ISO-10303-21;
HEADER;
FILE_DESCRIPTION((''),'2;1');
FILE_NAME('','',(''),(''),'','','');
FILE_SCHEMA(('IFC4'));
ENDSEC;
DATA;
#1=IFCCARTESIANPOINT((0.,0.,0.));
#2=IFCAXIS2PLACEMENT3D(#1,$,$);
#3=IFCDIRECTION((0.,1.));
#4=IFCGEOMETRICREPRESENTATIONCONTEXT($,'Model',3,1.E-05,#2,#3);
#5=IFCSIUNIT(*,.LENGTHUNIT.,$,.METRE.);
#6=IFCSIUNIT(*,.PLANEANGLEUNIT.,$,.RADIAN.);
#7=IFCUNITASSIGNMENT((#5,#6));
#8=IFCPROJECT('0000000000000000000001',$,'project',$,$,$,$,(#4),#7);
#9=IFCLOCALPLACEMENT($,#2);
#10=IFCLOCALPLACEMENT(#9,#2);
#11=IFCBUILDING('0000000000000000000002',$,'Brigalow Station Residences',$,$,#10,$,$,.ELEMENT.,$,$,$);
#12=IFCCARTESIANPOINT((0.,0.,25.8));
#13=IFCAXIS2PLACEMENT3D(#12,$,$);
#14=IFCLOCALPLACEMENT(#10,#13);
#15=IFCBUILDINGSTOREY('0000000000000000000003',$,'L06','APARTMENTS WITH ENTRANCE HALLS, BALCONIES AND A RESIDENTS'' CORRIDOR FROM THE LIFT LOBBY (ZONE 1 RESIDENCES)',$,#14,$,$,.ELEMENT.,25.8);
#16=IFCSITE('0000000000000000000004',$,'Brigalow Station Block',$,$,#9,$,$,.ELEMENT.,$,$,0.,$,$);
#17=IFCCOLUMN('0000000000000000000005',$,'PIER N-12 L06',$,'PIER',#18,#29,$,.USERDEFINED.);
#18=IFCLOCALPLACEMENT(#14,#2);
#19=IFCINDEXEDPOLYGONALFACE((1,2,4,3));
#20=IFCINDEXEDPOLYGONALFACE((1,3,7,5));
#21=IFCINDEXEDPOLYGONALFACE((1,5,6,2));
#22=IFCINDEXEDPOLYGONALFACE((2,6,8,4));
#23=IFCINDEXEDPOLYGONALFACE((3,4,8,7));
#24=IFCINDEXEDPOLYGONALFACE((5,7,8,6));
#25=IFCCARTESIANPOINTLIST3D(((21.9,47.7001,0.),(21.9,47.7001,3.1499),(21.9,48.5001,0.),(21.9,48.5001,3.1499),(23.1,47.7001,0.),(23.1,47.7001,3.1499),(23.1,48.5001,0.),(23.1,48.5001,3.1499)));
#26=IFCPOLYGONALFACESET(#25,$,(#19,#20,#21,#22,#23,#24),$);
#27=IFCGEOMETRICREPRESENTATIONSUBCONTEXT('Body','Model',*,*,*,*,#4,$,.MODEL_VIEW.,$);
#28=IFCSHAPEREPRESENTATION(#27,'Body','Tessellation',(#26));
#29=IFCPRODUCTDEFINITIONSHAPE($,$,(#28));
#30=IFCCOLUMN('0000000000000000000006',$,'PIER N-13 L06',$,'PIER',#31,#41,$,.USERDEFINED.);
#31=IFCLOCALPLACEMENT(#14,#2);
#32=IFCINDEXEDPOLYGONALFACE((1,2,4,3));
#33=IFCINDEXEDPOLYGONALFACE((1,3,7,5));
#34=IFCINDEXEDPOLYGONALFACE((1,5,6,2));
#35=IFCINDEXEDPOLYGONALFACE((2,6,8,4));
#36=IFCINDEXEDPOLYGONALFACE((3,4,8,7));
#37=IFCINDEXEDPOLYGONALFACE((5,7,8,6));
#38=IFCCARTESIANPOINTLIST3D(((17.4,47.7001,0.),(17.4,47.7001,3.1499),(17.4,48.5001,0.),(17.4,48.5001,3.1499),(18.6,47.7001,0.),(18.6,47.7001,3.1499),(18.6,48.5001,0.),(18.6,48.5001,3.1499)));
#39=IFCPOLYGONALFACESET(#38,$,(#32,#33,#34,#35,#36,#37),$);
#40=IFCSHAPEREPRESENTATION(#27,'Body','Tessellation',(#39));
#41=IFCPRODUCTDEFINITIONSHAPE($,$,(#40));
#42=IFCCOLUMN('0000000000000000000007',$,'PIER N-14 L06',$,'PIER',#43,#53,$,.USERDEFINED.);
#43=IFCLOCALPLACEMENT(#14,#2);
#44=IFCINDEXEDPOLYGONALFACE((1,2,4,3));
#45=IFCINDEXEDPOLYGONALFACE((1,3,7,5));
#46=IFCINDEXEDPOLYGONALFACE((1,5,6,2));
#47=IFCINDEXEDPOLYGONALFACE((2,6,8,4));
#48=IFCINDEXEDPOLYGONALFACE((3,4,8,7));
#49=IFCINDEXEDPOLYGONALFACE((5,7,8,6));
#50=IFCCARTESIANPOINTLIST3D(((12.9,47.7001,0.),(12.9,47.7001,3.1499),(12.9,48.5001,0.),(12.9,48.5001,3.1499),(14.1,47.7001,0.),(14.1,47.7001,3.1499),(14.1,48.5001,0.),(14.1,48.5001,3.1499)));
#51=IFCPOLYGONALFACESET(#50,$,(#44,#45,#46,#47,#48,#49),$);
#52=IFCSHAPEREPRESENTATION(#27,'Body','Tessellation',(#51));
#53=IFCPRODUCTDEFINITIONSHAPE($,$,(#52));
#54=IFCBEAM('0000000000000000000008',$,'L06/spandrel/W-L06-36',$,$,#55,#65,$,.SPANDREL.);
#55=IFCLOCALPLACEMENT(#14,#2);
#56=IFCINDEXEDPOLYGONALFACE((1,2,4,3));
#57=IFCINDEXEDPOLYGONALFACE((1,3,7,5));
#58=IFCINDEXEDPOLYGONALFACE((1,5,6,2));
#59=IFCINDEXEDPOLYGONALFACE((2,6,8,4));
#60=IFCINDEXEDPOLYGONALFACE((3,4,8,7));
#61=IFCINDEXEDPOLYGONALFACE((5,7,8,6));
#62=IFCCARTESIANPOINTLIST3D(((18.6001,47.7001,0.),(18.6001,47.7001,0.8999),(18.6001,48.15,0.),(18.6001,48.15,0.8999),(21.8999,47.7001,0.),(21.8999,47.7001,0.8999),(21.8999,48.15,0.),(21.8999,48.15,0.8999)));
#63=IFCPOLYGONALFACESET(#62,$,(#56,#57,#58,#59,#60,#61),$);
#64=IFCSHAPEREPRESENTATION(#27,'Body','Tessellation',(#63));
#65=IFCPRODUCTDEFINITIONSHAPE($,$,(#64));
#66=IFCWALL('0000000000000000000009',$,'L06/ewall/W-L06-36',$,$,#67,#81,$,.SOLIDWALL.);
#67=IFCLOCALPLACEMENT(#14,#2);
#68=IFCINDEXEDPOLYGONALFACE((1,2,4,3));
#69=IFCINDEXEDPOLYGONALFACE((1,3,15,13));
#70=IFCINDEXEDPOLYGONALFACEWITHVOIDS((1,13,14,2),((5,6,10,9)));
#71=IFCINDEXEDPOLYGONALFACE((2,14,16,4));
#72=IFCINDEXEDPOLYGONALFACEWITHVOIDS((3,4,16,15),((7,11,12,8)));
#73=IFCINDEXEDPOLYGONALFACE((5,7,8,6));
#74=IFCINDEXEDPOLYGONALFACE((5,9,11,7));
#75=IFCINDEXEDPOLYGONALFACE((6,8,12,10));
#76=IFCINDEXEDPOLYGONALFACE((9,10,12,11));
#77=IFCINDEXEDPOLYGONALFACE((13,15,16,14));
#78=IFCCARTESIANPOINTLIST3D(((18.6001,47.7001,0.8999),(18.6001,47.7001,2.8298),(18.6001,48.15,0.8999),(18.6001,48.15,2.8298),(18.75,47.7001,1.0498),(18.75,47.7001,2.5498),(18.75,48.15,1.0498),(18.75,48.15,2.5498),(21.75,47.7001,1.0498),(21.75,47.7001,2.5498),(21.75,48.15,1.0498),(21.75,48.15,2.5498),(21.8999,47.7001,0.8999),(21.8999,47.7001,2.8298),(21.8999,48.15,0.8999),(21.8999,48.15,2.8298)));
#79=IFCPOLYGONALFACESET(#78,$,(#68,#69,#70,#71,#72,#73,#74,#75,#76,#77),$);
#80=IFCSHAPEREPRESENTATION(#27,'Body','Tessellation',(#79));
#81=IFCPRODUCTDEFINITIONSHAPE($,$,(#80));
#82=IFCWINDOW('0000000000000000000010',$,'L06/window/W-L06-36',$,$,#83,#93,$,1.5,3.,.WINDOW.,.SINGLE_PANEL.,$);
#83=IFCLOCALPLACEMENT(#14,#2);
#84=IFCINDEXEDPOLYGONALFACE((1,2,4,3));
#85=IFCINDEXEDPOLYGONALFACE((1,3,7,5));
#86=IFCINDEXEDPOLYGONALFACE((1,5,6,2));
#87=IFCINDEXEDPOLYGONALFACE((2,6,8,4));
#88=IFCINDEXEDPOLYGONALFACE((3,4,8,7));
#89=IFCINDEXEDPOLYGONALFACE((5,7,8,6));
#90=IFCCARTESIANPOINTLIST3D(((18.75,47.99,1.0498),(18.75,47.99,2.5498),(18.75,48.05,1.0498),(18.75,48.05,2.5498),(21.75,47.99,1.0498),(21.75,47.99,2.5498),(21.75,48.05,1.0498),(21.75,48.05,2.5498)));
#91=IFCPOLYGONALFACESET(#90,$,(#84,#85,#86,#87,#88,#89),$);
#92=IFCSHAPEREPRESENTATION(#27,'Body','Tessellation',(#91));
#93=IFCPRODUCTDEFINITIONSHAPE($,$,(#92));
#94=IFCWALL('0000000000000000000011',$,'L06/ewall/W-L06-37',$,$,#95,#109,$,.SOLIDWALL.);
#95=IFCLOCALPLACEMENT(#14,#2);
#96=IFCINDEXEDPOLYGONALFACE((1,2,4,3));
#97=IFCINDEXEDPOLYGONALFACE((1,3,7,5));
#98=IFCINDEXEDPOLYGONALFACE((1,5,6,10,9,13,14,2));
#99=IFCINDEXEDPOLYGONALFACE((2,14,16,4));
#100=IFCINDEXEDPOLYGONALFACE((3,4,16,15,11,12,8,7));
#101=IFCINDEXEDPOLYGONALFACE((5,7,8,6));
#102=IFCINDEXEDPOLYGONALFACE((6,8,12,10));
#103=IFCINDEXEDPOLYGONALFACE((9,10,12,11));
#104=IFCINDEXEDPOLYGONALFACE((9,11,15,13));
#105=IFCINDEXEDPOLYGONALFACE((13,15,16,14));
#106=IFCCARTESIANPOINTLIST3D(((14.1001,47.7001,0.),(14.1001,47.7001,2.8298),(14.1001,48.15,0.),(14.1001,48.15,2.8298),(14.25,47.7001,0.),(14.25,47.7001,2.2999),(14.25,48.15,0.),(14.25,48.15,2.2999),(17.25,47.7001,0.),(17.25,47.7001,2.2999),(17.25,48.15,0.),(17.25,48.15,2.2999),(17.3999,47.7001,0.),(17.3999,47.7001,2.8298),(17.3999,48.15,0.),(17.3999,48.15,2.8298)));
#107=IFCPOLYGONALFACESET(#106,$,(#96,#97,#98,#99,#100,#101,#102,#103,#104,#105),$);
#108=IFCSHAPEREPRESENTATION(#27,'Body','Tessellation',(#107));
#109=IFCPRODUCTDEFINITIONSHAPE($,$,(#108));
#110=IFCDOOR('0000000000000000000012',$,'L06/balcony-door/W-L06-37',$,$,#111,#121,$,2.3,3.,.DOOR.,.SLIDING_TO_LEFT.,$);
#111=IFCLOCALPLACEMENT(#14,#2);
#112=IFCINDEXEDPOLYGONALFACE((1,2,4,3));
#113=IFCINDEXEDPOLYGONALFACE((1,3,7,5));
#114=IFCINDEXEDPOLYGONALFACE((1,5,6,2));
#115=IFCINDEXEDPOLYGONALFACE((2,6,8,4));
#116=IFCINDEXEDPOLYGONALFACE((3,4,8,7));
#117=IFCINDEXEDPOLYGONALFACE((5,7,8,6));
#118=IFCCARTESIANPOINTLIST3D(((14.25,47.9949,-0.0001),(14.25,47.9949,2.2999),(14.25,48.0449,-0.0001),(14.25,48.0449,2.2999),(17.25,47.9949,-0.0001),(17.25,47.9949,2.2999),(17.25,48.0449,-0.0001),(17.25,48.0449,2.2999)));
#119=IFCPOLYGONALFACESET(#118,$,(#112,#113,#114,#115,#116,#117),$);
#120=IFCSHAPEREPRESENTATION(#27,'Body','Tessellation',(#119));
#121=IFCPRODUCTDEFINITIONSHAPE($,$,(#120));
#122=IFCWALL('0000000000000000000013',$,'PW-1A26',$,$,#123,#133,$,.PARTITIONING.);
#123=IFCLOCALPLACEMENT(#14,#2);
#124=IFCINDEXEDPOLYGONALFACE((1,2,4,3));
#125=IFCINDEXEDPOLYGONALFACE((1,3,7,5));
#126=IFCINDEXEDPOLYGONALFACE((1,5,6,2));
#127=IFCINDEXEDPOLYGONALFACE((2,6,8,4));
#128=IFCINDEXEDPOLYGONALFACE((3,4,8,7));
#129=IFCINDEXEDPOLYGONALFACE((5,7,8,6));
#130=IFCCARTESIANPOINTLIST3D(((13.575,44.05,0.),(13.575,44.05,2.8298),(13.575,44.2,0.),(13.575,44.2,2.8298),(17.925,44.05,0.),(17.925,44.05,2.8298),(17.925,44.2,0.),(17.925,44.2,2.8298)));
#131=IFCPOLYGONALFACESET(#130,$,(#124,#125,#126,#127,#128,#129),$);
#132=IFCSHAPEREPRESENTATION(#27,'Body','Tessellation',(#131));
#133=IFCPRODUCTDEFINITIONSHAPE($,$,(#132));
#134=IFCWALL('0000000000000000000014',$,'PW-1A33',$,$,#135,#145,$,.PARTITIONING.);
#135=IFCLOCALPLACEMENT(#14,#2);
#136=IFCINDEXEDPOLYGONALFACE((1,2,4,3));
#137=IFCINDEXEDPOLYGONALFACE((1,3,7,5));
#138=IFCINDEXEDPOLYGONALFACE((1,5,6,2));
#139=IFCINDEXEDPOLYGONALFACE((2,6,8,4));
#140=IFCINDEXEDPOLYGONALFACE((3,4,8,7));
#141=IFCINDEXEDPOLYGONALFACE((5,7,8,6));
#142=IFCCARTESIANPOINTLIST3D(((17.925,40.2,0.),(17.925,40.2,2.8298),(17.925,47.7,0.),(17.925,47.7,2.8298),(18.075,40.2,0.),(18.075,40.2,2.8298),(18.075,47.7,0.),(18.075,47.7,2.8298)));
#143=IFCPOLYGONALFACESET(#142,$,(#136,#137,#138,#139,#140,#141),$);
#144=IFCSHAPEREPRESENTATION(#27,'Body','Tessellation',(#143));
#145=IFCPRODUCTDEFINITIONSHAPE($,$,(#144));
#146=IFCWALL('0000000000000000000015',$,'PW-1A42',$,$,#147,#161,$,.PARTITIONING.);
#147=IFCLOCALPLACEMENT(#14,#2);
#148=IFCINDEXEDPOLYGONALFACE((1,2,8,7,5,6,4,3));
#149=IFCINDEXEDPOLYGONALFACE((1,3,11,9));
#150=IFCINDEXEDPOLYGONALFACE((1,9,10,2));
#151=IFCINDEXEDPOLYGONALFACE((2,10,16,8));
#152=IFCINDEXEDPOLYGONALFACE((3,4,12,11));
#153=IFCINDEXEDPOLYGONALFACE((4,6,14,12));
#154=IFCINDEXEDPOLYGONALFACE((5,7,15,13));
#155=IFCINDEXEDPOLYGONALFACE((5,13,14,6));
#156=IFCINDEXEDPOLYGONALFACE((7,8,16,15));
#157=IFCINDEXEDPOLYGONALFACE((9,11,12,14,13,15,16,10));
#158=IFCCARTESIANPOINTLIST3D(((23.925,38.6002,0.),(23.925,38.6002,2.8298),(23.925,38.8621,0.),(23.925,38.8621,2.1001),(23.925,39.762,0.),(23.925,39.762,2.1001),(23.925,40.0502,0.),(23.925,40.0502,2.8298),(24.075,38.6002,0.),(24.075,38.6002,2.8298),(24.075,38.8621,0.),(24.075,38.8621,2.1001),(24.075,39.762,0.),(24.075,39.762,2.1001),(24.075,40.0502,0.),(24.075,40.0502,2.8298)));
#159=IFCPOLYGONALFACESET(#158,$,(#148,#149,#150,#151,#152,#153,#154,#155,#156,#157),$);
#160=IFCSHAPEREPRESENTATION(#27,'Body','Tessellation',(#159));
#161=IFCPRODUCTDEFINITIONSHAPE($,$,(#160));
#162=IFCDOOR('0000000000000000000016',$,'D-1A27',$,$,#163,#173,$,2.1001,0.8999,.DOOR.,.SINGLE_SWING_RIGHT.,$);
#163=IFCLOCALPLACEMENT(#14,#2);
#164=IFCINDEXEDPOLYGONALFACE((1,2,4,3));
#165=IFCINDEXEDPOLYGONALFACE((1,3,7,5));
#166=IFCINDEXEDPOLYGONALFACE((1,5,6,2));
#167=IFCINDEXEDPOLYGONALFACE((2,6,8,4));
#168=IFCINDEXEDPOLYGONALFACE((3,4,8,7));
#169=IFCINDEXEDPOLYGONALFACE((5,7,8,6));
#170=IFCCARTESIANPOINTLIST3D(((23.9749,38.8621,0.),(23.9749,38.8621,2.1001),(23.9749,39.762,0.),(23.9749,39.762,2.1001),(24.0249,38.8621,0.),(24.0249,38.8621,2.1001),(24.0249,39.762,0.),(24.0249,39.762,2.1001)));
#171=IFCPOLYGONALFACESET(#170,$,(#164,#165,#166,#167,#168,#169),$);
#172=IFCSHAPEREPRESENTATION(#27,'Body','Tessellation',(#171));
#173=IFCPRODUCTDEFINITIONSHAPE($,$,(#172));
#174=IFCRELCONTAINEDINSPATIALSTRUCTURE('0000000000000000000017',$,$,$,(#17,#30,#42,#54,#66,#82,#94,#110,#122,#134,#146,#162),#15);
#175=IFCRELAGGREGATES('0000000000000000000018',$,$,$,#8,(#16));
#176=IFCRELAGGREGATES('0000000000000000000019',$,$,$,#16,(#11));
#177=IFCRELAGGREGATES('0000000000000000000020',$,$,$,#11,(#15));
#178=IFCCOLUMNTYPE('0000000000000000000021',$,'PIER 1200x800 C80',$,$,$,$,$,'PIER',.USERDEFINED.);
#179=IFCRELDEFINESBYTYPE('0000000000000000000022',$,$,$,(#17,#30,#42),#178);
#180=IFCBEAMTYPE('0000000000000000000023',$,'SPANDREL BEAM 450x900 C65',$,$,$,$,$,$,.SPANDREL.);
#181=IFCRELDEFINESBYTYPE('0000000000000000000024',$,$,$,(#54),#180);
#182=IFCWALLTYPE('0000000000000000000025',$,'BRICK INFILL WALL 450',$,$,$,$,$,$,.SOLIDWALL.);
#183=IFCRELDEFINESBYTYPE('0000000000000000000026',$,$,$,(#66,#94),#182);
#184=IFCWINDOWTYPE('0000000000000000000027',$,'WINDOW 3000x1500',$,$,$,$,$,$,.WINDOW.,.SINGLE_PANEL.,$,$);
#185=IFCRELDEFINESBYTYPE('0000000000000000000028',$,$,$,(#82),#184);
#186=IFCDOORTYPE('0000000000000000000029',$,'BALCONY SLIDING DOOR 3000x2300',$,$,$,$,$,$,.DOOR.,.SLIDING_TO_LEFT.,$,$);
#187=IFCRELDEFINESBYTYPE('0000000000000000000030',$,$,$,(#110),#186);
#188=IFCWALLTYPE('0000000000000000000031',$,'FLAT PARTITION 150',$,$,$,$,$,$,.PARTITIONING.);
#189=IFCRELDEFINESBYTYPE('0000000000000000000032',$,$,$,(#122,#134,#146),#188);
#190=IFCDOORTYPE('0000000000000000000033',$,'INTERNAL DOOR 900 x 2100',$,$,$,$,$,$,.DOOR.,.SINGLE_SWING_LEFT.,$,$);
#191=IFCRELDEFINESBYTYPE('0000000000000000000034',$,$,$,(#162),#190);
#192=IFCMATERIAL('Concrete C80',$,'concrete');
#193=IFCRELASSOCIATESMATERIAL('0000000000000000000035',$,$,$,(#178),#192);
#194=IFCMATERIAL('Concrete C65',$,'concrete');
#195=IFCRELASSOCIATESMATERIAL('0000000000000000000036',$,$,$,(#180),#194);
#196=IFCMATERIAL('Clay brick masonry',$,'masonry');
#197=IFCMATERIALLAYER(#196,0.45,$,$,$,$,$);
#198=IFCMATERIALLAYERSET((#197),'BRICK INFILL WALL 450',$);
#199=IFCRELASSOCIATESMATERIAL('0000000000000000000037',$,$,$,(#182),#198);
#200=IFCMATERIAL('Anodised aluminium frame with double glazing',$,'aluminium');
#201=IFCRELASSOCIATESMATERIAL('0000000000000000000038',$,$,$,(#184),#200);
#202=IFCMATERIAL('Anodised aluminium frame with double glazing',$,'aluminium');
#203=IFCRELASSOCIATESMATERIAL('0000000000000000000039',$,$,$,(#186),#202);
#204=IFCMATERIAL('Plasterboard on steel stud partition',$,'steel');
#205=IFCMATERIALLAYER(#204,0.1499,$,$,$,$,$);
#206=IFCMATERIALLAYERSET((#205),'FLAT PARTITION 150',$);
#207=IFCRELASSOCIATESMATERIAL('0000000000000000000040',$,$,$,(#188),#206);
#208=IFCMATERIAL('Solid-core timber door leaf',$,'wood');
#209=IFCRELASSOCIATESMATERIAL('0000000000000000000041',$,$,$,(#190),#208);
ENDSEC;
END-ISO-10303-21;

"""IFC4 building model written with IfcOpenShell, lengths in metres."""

from ifc_helpers import new_model, si_unit, direction, frame, frame_2d, origin, origin_2d, place, context, subcontext, project, spatial, rectangle, extrude, material, layer, layer_set, material_profile, profile_set, type_object, element, fill, save


model = new_model("IFC4")

# Units and contexts
model_context = context("Model", 3, precision=1e-05, world=origin(), true_north=direction((0.0, 1.0)))
body_context = subcontext(model_context, "Body", "Model", "MODEL_VIEW")
ifc_project = project(units=[si_unit("LENGTHUNIT", "METRE"), si_unit("PLANEANGLEUNIT", "RADIAN")], contexts=[model_context])

# Site, building, storey
site_placement = place(None, origin())
site = spatial("IfcSite", under=ifc_project, at=site_placement, Name="Brigalow Station Block", CompositionType="ELEMENT", RefElevation=0.0)
building_placement = place(site_placement, origin())
building = spatial("IfcBuilding", under=site, at=building_placement, Name="Brigalow Station Residences", CompositionType="ELEMENT")
storey_placement = place(building_placement, frame((0.0, 0.0, 25.8)))
storey = spatial("IfcBuildingStorey", under=building, at=storey_placement, Name="L06", Description="APARTMENTS WITH ENTRANCE HALLS, BALCONIES AND A RESIDENTS' CORRIDOR FROM THE LIFT LOBBY (ZONE 1 RESIDENCES)", CompositionType="ELEMENT", Elevation=25.8)

# Columns
ifc_material_1 = material(Name="Concrete C80", Category="concrete")
ifc_material_profile_1 = material_profile(ifc_material_1, rectangle(XDim=1.2, YDim=0.8, at=origin_2d()), Name="RC1200x800")
ifc_profile_set_1 = profile_set([ifc_material_profile_1], Name="Concrete C80")
column_type = type_object("IfcColumnType", Name="PIER 1200x800 C80", ElementType="PIER", PredefinedType="USERDEFINED", material=ifc_profile_set_1)
for number, where, z_axis, x_axis, name in (
    (1, (22.5, 48.1001, 0.0), (0.0, 0.0, 1.0), (-1.0, 0.0, 0.0), "PIER N-12 L06"),
    (2, (18.0, 48.1001, 0.0), (0.0, 0.0, 1.0), (-1.0, 0.0, 0.0), "PIER N-13 L06"),
    (3, (13.5, 48.1001, 0.0), (0.0, 0.0, 1.0), (-1.0, 0.0, 0.0), "PIER N-14 L06"),
):
    element("IfcColumn", number, at=place(storey_placement, frame(where, z_axis=z_axis, x_axis=x_axis)), inside=storey, type_object=column_type, Name=name, ObjectType="PIER", PredefinedType="USERDEFINED", context=body_context, shape_type="SweptSolid", body=[
        extrude(rectangle(XDim=1.2, YDim=0.8, at=origin_2d()), origin(), (0.0, 0.0, 1.0), 3.1499),
    ])

# Beam
ifc_material_2 = material(Name="Concrete C65", Category="concrete")
ifc_material_profile_2 = material_profile(ifc_material_2, rectangle(XDim=0.45, YDim=0.8999, at=origin_2d()), Name="RC450x900")
ifc_profile_set_2 = profile_set([ifc_material_profile_2], Name="Concrete C65")
beam_type = type_object("IfcBeamType", Name="SPANDREL BEAM 450x900 C65", PredefinedType="SPANDREL", material=ifc_profile_set_2)
beam_placement = place(storey_placement, frame((21.8999, 47.925, 0.45), z_axis=(-1.0, 0.0, 0.0), x_axis=(0.0, -1.0, 0.0)))
element("IfcBeam", 4, at=beam_placement, inside=storey, type_object=beam_type, Name="L06/spandrel/W-L06-36", PredefinedType="SPANDREL", context=body_context, shape_type="SweptSolid", body=[
    extrude(rectangle(XDim=0.45, YDim=0.8999, at=origin_2d()), origin(), (0.0, 0.0, 1.0), 3.2998),
])

# Wall, opening, window
ifc_material_3 = material(Name="Clay brick masonry", Category="masonry")
ifc_layer_1 = layer(ifc_material_3, 0.45)
ifc_layer_set_1 = layer_set([ifc_layer_1], Name="BRICK INFILL WALL 450")
wall_type_1 = type_object("IfcWallType", Name="BRICK INFILL WALL 450", PredefinedType="SOLIDWALL", material=ifc_layer_set_1)
wall_1_placement = place(storey_placement, frame((21.8999, 47.925, 0.8999), z_axis=(0.0, 0.0, 1.0), x_axis=(-1.0, 0.0, 0.0)))
wall_1 = element("IfcWall", 5, at=wall_1_placement, inside=storey, type_object=wall_type_1, Name="L06/ewall/W-L06-36", PredefinedType="SOLIDWALL", context=body_context, shape_type="SweptSolid", body=[
    extrude(rectangle(XDim=3.2998, YDim=0.45, at=frame_2d((1.6499, 0.0))), origin(), (0.0, 0.0, 1.0), 1.9299),
])
opening_1_placement = place(wall_1_placement, frame((0.1499, 0.0, 0.1499)))
opening_1 = element("IfcOpeningElement", 6, at=opening_1_placement, cuts=wall_1, PredefinedType="OPENING", context=body_context, shape_type="SweptSolid", body=[
    extrude(rectangle(XDim=3.0, YDim=1.5, at=frame_2d((1.5, 0.75))), frame((0.0, 0.2349, 0.0), z_axis=(0.0, -1.0, 0.0), x_axis=(1.0, 0.0, 0.0)), (0.0, 0.0, 1.0), 0.47),
])
ifc_material_4 = material(Name="Anodised aluminium frame with double glazing", Category="aluminium")
window_type = type_object("IfcWindowType", Name="WINDOW 3000x1500", PartitioningType="SINGLE_PANEL", PredefinedType="WINDOW", material=ifc_material_4)
window_placement = place(opening_1_placement, origin())
window = element("IfcWindow", 7, at=window_placement, inside=storey, type_object=window_type, Name="L06/window/W-L06-36", OverallHeight=1.5, OverallWidth=3.0, PartitioningType="SINGLE_PANEL", PredefinedType="WINDOW", context=body_context, shape_type="SweptSolid", body=[
    extrude(rectangle(XDim=3.0, YDim=1.5, at=frame_2d((1.5, 0.75))), frame((0.0, -0.0649, 0.0), z_axis=(0.0, -1.0, 0.0), x_axis=(1.0, 0.0, 0.0)), (0.0, 0.0, 1.0), 0.0601),
])
fill(opening_1, window)

# Wall, opening, door
wall_2_placement = place(storey_placement, frame((17.3999, 47.925, 0.0), z_axis=(0.0, 0.0, 1.0), x_axis=(-1.0, 0.0, 0.0)))
wall_2 = element("IfcWall", 8, at=wall_2_placement, inside=storey, type_object=wall_type_1, Name="L06/ewall/W-L06-37", PredefinedType="SOLIDWALL", context=body_context, shape_type="SweptSolid", body=[
    extrude(rectangle(XDim=3.2998, YDim=0.45, at=frame_2d((1.6499, 0.0))), origin(), (0.0, 0.0, 1.0), 2.8298),
])
opening_2_placement = place(wall_2_placement, frame((0.1499, 0.0, 0.0)))
opening_2 = element("IfcOpeningElement", 9, at=opening_2_placement, cuts=wall_2, PredefinedType="OPENING", context=body_context, shape_type="SweptSolid", body=[
    extrude(rectangle(XDim=3.0, YDim=2.3, at=frame_2d((1.5, 1.1499))), frame((0.0, 0.2349, 0.0), z_axis=(0.0, -1.0, 0.0), x_axis=(1.0, 0.0, 0.0)), (0.0, 0.0, 1.0), 0.47),
])
ifc_material_5 = material(Name="Anodised aluminium frame with double glazing", Category="aluminium")
door_type_1 = type_object("IfcDoorType", Name="BALCONY SLIDING DOOR 3000x2300", OperationType="SLIDING_TO_LEFT", PredefinedType="DOOR", material=ifc_material_5)
door_1_placement = place(opening_2_placement, origin())
door_1 = element("IfcDoor", 10, at=door_1_placement, inside=storey, type_object=door_type_1, Name="L06/balcony-door/W-L06-37", OperationType="SLIDING_TO_LEFT", OverallHeight=2.3, OverallWidth=3.0, PredefinedType="DOOR", context=body_context, shape_type="SweptSolid", body=[
    extrude(rectangle(XDim=3.0, YDim=2.3, at=frame_2d((1.5, 1.1499))), frame((0.0, -0.0698, 0.0), z_axis=(0.0, -1.0, 0.0), x_axis=(1.0, 0.0, 0.0)), (0.0, 0.0, 1.0), 0.05),
])
fill(opening_2, door_1)

# Walls
ifc_material_6 = material(Name="Plasterboard on steel stud partition", Category="steel")
ifc_layer_2 = layer(ifc_material_6, 0.1499)
ifc_layer_set_2 = layer_set([ifc_layer_2], Name="FLAT PARTITION 150")
wall_type_2 = type_object("IfcWallType", Name="FLAT PARTITION 150", PredefinedType="PARTITIONING", material=ifc_layer_set_2)
wall_3_placement = place(storey_placement, frame((13.575, 44.125, 0.0), z_axis=(0.0, 0.0, 1.0), x_axis=(1.0, 0.0, 0.0)))
element("IfcWall", 11, at=wall_3_placement, inside=storey, type_object=wall_type_2, Name="PW-1A26", PredefinedType="PARTITIONING", context=body_context, shape_type="SweptSolid", body=[
    extrude(rectangle(XDim=4.3501, YDim=0.1499, at=frame_2d((2.175, 0.0))), origin(), (0.0, 0.0, 1.0), 2.8298),
])
wall_4_placement = place(storey_placement, frame((18.0, 40.2, 0.0), z_axis=(0.0, 0.0, 1.0), x_axis=(0.0, 1.0, 0.0)))
element("IfcWall", 12, at=wall_4_placement, inside=storey, type_object=wall_type_2, Name="PW-1A33", PredefinedType="PARTITIONING", context=body_context, shape_type="SweptSolid", body=[
    extrude(rectangle(XDim=7.5, YDim=0.1499, at=frame_2d((3.75, 0.0))), origin(), (0.0, 0.0, 1.0), 2.8298),
])

# Wall, opening, door
wall_5_placement = place(storey_placement, frame((24.0, 38.6001, 0.0), z_axis=(0.0, 0.0, 1.0), x_axis=(0.0, 1.0, 0.0)))
wall_5 = element("IfcWall", 13, at=wall_5_placement, inside=storey, type_object=wall_type_2, Name="PW-1A42", PredefinedType="PARTITIONING", context=body_context, shape_type="SweptSolid", body=[
    extrude(rectangle(XDim=1.45, YDim=0.1499, at=frame_2d((0.7251, 0.0))), origin(), (0.0, 0.0, 1.0), 2.8298),
])
opening_3_placement = place(wall_5_placement, frame((0.262, 0.0, 0.0)))
opening_3 = element("IfcOpeningElement", 14, at=opening_3_placement, cuts=wall_5, PredefinedType="OPENING", context=body_context, shape_type="SweptSolid", body=[
    extrude(rectangle(XDim=0.8999, YDim=2.1001, at=frame_2d((0.45, 1.05))), frame((0.0, 0.085, 0.0), z_axis=(0.0, -1.0, 0.0), x_axis=(1.0, 0.0, 0.0)), (0.0, 0.0, 1.0), 0.1699),
])
ifc_material_7 = material(Name="Solid-core timber door leaf", Category="wood")
door_type_2 = type_object("IfcDoorType", Name="INTERNAL DOOR 900 x 2100", OperationType="SINGLE_SWING_LEFT", PredefinedType="DOOR", material=ifc_material_7)
door_2_placement = place(opening_3_placement, frame((0.8999, 0.0, 0.0), z_axis=(0.0, 0.0, 1.0), x_axis=(-1.0, 0.0, 0.0)))
door_2 = element("IfcDoor", 15, at=door_2_placement, inside=storey, type_object=door_type_2, Name="D-1A27", OperationType="SINGLE_SWING_RIGHT", OverallHeight=2.1001, OverallWidth=0.8999, PredefinedType="DOOR", context=body_context, shape_type="SweptSolid", body=[
    extrude(rectangle(XDim=0.8999, YDim=2.1001, at=frame_2d((0.45, 1.05))), frame((0.0, 0.0249, 0.0), z_axis=(0.0, -1.0, 0.0), x_axis=(1.0, 0.0, 0.0)), (0.0, 0.0, 1.0), 0.05),
])
fill(opening_3, door_2)

save(model, "model.ifc")
